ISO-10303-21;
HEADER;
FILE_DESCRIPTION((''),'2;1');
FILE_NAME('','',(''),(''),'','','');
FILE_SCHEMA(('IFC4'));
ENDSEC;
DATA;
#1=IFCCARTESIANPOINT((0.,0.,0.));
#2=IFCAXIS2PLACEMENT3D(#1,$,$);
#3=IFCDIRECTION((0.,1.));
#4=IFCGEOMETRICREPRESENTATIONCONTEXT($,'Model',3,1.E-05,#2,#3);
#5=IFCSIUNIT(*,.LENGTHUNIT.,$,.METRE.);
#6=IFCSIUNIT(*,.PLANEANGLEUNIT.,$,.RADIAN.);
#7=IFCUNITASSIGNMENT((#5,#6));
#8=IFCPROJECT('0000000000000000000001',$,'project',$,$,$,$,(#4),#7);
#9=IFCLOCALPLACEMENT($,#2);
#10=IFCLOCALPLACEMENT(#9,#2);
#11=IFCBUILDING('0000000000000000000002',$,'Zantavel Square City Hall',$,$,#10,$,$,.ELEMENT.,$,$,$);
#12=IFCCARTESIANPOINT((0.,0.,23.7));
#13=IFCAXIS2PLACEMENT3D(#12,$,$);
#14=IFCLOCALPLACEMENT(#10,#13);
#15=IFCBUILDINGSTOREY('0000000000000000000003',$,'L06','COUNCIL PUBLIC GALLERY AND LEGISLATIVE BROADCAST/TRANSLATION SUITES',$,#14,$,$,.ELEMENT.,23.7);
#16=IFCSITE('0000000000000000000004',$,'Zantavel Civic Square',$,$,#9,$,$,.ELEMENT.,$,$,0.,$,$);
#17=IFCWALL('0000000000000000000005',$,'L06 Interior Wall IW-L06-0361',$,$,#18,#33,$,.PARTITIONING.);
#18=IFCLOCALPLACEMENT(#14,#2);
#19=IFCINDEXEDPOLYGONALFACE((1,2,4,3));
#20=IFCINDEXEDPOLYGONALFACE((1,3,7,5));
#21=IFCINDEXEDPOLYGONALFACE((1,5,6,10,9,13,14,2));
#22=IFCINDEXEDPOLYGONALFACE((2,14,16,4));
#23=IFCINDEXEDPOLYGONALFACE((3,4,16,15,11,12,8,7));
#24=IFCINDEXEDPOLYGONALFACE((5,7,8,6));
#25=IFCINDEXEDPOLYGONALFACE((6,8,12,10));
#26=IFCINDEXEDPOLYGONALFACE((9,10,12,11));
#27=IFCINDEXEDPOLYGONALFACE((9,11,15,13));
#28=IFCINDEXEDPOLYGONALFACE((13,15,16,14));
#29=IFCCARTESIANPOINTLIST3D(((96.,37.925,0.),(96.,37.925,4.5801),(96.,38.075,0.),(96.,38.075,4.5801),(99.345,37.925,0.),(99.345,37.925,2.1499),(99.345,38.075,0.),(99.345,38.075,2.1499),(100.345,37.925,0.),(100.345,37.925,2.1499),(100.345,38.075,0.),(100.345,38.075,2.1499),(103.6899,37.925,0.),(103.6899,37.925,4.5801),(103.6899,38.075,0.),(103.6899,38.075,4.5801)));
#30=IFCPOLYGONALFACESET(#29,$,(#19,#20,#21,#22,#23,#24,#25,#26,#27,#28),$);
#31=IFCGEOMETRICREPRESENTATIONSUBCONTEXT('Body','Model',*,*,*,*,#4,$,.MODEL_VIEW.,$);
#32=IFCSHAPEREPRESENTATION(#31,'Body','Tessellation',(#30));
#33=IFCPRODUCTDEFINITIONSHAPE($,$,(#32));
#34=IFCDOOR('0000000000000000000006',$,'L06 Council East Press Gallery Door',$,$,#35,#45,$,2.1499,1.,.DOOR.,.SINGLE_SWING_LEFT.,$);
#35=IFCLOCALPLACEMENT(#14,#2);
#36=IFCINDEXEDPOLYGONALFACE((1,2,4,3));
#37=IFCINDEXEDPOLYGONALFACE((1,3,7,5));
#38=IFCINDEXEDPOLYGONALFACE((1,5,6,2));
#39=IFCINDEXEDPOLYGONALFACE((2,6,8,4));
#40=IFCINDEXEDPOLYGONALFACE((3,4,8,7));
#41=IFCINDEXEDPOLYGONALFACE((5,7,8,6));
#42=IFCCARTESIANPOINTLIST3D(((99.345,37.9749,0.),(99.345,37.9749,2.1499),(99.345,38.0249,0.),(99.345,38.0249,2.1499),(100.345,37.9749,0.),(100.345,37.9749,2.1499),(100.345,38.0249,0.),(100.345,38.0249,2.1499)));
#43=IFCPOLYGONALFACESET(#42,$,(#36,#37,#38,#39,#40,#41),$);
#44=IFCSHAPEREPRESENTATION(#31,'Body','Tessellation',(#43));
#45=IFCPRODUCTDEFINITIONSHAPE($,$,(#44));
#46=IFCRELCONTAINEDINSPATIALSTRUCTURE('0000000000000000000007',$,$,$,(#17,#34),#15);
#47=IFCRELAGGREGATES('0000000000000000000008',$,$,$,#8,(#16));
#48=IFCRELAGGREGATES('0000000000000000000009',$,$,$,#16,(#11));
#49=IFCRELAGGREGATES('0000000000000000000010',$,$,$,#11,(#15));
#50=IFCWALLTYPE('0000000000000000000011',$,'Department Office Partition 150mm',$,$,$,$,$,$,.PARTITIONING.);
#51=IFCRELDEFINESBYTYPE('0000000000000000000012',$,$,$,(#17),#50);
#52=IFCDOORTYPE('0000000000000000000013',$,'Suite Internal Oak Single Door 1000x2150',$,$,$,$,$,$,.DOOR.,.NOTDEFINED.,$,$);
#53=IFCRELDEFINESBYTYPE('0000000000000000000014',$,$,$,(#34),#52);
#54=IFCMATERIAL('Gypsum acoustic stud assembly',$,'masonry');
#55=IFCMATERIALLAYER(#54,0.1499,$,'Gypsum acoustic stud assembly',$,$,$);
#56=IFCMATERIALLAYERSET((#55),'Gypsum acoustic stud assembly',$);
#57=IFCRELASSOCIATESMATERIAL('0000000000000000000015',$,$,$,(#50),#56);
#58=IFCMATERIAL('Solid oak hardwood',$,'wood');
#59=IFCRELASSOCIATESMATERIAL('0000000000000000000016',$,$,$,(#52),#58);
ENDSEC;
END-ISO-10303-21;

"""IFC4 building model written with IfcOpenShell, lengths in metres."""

from ifc_helpers import new_model, si_unit, direction, frame, frame_2d, origin, place, context, subcontext, project, spatial, rectangle, extrude, material, layer, layer_set, type_object, element, fill, save


model = new_model("IFC4")

# Units and contexts
model_context = context("Model", 3, precision=1e-05, world=origin(), true_north=direction((0.0, 1.0)))
body_context = subcontext(model_context, "Body", "Model", "MODEL_VIEW")
ifc_project = project(units=[si_unit("LENGTHUNIT", "METRE"), si_unit("PLANEANGLEUNIT", "RADIAN")], contexts=[model_context])

# Site, building, storey
site_placement = place(None, origin())
site = spatial("IfcSite", under=ifc_project, at=site_placement, Name="Zantavel Civic Square", CompositionType="ELEMENT", RefElevation=0.0)
building_placement = place(site_placement, origin())
building = spatial("IfcBuilding", under=site, at=building_placement, Name="Zantavel Square City Hall", CompositionType="ELEMENT")
storey_placement = place(building_placement, frame((0.0, 0.0, 23.7)))
storey = spatial("IfcBuildingStorey", under=building, at=storey_placement, Name="L06", Description="COUNCIL PUBLIC GALLERY AND LEGISLATIVE BROADCAST/TRANSLATION SUITES", CompositionType="ELEMENT", Elevation=23.7)

# Wall, opening, door
ifc_material_1 = material(Name="Gypsum acoustic stud assembly", Category="masonry")
ifc_layer_1 = layer(ifc_material_1, 0.1499, Name="Gypsum acoustic stud assembly")
ifc_layer_set_1 = layer_set([ifc_layer_1], Name="Gypsum acoustic stud assembly")
wall_type_1 = type_object("IfcWallType", Name="Department Office Partition 150mm", PredefinedType="PARTITIONING", material=ifc_layer_set_1)
wall_1_placement = place(storey_placement, frame((96.0, 38.0, 0.0), z_axis=(0.0, 0.0, 1.0), x_axis=(1.0, 0.0, 0.0)))
wall_1 = element("IfcWall", 1, at=wall_1_placement, inside=storey, type_object=wall_type_1, Name="L06 Interior Wall IW-L06-0361", PredefinedType="PARTITIONING", context=body_context, shape_type="SweptSolid", body=[
    extrude(rectangle(XDim=7.6899, YDim=0.1499, at=frame_2d((3.845, 0.0))), origin(), (0.0, 0.0, 1.0), 4.5801),
])
opening_1_placement = place(wall_1_placement, frame((3.345, 0.0, 0.0)))
opening_1 = element("IfcOpeningElement", 2, at=opening_1_placement, cuts=wall_1, PredefinedType="OPENING", context=body_context, shape_type="SweptSolid", body=[
    extrude(rectangle(XDim=1.0, YDim=2.1499, at=frame_2d((0.5, 1.075))), frame((0.0, 0.085, 0.0), z_axis=(0.0, -1.0, 0.0), x_axis=(1.0, 0.0, 0.0)), (0.0, 0.0, 1.0), 0.1699),
])
ifc_material_2 = material(Name="Solid oak hardwood", Category="wood")
door_type_1 = type_object("IfcDoorType", Name="Suite Internal Oak Single Door 1000x2150", OperationType="NOTDEFINED", PredefinedType="DOOR", material=ifc_material_2)
door_1_placement = place(opening_1_placement, origin())
door_1 = element("IfcDoor", 3, at=door_1_placement, inside=storey, type_object=door_type_1, Name="L06 Council East Press Gallery Door", OperationType="SINGLE_SWING_LEFT", OverallHeight=2.1499, OverallWidth=1.0, PredefinedType="DOOR", context=body_context, shape_type="SweptSolid", body=[
    extrude(rectangle(XDim=1.0, YDim=2.1499, at=frame_2d((0.5, 1.075))), frame((0.0, 0.0249, 0.0), z_axis=(0.0, -1.0, 0.0), x_axis=(1.0, 0.0, 0.0)), (0.0, 0.0, 1.0), 0.05),
])
fill(opening_1, door_1)

save(model, "model.ifc")
